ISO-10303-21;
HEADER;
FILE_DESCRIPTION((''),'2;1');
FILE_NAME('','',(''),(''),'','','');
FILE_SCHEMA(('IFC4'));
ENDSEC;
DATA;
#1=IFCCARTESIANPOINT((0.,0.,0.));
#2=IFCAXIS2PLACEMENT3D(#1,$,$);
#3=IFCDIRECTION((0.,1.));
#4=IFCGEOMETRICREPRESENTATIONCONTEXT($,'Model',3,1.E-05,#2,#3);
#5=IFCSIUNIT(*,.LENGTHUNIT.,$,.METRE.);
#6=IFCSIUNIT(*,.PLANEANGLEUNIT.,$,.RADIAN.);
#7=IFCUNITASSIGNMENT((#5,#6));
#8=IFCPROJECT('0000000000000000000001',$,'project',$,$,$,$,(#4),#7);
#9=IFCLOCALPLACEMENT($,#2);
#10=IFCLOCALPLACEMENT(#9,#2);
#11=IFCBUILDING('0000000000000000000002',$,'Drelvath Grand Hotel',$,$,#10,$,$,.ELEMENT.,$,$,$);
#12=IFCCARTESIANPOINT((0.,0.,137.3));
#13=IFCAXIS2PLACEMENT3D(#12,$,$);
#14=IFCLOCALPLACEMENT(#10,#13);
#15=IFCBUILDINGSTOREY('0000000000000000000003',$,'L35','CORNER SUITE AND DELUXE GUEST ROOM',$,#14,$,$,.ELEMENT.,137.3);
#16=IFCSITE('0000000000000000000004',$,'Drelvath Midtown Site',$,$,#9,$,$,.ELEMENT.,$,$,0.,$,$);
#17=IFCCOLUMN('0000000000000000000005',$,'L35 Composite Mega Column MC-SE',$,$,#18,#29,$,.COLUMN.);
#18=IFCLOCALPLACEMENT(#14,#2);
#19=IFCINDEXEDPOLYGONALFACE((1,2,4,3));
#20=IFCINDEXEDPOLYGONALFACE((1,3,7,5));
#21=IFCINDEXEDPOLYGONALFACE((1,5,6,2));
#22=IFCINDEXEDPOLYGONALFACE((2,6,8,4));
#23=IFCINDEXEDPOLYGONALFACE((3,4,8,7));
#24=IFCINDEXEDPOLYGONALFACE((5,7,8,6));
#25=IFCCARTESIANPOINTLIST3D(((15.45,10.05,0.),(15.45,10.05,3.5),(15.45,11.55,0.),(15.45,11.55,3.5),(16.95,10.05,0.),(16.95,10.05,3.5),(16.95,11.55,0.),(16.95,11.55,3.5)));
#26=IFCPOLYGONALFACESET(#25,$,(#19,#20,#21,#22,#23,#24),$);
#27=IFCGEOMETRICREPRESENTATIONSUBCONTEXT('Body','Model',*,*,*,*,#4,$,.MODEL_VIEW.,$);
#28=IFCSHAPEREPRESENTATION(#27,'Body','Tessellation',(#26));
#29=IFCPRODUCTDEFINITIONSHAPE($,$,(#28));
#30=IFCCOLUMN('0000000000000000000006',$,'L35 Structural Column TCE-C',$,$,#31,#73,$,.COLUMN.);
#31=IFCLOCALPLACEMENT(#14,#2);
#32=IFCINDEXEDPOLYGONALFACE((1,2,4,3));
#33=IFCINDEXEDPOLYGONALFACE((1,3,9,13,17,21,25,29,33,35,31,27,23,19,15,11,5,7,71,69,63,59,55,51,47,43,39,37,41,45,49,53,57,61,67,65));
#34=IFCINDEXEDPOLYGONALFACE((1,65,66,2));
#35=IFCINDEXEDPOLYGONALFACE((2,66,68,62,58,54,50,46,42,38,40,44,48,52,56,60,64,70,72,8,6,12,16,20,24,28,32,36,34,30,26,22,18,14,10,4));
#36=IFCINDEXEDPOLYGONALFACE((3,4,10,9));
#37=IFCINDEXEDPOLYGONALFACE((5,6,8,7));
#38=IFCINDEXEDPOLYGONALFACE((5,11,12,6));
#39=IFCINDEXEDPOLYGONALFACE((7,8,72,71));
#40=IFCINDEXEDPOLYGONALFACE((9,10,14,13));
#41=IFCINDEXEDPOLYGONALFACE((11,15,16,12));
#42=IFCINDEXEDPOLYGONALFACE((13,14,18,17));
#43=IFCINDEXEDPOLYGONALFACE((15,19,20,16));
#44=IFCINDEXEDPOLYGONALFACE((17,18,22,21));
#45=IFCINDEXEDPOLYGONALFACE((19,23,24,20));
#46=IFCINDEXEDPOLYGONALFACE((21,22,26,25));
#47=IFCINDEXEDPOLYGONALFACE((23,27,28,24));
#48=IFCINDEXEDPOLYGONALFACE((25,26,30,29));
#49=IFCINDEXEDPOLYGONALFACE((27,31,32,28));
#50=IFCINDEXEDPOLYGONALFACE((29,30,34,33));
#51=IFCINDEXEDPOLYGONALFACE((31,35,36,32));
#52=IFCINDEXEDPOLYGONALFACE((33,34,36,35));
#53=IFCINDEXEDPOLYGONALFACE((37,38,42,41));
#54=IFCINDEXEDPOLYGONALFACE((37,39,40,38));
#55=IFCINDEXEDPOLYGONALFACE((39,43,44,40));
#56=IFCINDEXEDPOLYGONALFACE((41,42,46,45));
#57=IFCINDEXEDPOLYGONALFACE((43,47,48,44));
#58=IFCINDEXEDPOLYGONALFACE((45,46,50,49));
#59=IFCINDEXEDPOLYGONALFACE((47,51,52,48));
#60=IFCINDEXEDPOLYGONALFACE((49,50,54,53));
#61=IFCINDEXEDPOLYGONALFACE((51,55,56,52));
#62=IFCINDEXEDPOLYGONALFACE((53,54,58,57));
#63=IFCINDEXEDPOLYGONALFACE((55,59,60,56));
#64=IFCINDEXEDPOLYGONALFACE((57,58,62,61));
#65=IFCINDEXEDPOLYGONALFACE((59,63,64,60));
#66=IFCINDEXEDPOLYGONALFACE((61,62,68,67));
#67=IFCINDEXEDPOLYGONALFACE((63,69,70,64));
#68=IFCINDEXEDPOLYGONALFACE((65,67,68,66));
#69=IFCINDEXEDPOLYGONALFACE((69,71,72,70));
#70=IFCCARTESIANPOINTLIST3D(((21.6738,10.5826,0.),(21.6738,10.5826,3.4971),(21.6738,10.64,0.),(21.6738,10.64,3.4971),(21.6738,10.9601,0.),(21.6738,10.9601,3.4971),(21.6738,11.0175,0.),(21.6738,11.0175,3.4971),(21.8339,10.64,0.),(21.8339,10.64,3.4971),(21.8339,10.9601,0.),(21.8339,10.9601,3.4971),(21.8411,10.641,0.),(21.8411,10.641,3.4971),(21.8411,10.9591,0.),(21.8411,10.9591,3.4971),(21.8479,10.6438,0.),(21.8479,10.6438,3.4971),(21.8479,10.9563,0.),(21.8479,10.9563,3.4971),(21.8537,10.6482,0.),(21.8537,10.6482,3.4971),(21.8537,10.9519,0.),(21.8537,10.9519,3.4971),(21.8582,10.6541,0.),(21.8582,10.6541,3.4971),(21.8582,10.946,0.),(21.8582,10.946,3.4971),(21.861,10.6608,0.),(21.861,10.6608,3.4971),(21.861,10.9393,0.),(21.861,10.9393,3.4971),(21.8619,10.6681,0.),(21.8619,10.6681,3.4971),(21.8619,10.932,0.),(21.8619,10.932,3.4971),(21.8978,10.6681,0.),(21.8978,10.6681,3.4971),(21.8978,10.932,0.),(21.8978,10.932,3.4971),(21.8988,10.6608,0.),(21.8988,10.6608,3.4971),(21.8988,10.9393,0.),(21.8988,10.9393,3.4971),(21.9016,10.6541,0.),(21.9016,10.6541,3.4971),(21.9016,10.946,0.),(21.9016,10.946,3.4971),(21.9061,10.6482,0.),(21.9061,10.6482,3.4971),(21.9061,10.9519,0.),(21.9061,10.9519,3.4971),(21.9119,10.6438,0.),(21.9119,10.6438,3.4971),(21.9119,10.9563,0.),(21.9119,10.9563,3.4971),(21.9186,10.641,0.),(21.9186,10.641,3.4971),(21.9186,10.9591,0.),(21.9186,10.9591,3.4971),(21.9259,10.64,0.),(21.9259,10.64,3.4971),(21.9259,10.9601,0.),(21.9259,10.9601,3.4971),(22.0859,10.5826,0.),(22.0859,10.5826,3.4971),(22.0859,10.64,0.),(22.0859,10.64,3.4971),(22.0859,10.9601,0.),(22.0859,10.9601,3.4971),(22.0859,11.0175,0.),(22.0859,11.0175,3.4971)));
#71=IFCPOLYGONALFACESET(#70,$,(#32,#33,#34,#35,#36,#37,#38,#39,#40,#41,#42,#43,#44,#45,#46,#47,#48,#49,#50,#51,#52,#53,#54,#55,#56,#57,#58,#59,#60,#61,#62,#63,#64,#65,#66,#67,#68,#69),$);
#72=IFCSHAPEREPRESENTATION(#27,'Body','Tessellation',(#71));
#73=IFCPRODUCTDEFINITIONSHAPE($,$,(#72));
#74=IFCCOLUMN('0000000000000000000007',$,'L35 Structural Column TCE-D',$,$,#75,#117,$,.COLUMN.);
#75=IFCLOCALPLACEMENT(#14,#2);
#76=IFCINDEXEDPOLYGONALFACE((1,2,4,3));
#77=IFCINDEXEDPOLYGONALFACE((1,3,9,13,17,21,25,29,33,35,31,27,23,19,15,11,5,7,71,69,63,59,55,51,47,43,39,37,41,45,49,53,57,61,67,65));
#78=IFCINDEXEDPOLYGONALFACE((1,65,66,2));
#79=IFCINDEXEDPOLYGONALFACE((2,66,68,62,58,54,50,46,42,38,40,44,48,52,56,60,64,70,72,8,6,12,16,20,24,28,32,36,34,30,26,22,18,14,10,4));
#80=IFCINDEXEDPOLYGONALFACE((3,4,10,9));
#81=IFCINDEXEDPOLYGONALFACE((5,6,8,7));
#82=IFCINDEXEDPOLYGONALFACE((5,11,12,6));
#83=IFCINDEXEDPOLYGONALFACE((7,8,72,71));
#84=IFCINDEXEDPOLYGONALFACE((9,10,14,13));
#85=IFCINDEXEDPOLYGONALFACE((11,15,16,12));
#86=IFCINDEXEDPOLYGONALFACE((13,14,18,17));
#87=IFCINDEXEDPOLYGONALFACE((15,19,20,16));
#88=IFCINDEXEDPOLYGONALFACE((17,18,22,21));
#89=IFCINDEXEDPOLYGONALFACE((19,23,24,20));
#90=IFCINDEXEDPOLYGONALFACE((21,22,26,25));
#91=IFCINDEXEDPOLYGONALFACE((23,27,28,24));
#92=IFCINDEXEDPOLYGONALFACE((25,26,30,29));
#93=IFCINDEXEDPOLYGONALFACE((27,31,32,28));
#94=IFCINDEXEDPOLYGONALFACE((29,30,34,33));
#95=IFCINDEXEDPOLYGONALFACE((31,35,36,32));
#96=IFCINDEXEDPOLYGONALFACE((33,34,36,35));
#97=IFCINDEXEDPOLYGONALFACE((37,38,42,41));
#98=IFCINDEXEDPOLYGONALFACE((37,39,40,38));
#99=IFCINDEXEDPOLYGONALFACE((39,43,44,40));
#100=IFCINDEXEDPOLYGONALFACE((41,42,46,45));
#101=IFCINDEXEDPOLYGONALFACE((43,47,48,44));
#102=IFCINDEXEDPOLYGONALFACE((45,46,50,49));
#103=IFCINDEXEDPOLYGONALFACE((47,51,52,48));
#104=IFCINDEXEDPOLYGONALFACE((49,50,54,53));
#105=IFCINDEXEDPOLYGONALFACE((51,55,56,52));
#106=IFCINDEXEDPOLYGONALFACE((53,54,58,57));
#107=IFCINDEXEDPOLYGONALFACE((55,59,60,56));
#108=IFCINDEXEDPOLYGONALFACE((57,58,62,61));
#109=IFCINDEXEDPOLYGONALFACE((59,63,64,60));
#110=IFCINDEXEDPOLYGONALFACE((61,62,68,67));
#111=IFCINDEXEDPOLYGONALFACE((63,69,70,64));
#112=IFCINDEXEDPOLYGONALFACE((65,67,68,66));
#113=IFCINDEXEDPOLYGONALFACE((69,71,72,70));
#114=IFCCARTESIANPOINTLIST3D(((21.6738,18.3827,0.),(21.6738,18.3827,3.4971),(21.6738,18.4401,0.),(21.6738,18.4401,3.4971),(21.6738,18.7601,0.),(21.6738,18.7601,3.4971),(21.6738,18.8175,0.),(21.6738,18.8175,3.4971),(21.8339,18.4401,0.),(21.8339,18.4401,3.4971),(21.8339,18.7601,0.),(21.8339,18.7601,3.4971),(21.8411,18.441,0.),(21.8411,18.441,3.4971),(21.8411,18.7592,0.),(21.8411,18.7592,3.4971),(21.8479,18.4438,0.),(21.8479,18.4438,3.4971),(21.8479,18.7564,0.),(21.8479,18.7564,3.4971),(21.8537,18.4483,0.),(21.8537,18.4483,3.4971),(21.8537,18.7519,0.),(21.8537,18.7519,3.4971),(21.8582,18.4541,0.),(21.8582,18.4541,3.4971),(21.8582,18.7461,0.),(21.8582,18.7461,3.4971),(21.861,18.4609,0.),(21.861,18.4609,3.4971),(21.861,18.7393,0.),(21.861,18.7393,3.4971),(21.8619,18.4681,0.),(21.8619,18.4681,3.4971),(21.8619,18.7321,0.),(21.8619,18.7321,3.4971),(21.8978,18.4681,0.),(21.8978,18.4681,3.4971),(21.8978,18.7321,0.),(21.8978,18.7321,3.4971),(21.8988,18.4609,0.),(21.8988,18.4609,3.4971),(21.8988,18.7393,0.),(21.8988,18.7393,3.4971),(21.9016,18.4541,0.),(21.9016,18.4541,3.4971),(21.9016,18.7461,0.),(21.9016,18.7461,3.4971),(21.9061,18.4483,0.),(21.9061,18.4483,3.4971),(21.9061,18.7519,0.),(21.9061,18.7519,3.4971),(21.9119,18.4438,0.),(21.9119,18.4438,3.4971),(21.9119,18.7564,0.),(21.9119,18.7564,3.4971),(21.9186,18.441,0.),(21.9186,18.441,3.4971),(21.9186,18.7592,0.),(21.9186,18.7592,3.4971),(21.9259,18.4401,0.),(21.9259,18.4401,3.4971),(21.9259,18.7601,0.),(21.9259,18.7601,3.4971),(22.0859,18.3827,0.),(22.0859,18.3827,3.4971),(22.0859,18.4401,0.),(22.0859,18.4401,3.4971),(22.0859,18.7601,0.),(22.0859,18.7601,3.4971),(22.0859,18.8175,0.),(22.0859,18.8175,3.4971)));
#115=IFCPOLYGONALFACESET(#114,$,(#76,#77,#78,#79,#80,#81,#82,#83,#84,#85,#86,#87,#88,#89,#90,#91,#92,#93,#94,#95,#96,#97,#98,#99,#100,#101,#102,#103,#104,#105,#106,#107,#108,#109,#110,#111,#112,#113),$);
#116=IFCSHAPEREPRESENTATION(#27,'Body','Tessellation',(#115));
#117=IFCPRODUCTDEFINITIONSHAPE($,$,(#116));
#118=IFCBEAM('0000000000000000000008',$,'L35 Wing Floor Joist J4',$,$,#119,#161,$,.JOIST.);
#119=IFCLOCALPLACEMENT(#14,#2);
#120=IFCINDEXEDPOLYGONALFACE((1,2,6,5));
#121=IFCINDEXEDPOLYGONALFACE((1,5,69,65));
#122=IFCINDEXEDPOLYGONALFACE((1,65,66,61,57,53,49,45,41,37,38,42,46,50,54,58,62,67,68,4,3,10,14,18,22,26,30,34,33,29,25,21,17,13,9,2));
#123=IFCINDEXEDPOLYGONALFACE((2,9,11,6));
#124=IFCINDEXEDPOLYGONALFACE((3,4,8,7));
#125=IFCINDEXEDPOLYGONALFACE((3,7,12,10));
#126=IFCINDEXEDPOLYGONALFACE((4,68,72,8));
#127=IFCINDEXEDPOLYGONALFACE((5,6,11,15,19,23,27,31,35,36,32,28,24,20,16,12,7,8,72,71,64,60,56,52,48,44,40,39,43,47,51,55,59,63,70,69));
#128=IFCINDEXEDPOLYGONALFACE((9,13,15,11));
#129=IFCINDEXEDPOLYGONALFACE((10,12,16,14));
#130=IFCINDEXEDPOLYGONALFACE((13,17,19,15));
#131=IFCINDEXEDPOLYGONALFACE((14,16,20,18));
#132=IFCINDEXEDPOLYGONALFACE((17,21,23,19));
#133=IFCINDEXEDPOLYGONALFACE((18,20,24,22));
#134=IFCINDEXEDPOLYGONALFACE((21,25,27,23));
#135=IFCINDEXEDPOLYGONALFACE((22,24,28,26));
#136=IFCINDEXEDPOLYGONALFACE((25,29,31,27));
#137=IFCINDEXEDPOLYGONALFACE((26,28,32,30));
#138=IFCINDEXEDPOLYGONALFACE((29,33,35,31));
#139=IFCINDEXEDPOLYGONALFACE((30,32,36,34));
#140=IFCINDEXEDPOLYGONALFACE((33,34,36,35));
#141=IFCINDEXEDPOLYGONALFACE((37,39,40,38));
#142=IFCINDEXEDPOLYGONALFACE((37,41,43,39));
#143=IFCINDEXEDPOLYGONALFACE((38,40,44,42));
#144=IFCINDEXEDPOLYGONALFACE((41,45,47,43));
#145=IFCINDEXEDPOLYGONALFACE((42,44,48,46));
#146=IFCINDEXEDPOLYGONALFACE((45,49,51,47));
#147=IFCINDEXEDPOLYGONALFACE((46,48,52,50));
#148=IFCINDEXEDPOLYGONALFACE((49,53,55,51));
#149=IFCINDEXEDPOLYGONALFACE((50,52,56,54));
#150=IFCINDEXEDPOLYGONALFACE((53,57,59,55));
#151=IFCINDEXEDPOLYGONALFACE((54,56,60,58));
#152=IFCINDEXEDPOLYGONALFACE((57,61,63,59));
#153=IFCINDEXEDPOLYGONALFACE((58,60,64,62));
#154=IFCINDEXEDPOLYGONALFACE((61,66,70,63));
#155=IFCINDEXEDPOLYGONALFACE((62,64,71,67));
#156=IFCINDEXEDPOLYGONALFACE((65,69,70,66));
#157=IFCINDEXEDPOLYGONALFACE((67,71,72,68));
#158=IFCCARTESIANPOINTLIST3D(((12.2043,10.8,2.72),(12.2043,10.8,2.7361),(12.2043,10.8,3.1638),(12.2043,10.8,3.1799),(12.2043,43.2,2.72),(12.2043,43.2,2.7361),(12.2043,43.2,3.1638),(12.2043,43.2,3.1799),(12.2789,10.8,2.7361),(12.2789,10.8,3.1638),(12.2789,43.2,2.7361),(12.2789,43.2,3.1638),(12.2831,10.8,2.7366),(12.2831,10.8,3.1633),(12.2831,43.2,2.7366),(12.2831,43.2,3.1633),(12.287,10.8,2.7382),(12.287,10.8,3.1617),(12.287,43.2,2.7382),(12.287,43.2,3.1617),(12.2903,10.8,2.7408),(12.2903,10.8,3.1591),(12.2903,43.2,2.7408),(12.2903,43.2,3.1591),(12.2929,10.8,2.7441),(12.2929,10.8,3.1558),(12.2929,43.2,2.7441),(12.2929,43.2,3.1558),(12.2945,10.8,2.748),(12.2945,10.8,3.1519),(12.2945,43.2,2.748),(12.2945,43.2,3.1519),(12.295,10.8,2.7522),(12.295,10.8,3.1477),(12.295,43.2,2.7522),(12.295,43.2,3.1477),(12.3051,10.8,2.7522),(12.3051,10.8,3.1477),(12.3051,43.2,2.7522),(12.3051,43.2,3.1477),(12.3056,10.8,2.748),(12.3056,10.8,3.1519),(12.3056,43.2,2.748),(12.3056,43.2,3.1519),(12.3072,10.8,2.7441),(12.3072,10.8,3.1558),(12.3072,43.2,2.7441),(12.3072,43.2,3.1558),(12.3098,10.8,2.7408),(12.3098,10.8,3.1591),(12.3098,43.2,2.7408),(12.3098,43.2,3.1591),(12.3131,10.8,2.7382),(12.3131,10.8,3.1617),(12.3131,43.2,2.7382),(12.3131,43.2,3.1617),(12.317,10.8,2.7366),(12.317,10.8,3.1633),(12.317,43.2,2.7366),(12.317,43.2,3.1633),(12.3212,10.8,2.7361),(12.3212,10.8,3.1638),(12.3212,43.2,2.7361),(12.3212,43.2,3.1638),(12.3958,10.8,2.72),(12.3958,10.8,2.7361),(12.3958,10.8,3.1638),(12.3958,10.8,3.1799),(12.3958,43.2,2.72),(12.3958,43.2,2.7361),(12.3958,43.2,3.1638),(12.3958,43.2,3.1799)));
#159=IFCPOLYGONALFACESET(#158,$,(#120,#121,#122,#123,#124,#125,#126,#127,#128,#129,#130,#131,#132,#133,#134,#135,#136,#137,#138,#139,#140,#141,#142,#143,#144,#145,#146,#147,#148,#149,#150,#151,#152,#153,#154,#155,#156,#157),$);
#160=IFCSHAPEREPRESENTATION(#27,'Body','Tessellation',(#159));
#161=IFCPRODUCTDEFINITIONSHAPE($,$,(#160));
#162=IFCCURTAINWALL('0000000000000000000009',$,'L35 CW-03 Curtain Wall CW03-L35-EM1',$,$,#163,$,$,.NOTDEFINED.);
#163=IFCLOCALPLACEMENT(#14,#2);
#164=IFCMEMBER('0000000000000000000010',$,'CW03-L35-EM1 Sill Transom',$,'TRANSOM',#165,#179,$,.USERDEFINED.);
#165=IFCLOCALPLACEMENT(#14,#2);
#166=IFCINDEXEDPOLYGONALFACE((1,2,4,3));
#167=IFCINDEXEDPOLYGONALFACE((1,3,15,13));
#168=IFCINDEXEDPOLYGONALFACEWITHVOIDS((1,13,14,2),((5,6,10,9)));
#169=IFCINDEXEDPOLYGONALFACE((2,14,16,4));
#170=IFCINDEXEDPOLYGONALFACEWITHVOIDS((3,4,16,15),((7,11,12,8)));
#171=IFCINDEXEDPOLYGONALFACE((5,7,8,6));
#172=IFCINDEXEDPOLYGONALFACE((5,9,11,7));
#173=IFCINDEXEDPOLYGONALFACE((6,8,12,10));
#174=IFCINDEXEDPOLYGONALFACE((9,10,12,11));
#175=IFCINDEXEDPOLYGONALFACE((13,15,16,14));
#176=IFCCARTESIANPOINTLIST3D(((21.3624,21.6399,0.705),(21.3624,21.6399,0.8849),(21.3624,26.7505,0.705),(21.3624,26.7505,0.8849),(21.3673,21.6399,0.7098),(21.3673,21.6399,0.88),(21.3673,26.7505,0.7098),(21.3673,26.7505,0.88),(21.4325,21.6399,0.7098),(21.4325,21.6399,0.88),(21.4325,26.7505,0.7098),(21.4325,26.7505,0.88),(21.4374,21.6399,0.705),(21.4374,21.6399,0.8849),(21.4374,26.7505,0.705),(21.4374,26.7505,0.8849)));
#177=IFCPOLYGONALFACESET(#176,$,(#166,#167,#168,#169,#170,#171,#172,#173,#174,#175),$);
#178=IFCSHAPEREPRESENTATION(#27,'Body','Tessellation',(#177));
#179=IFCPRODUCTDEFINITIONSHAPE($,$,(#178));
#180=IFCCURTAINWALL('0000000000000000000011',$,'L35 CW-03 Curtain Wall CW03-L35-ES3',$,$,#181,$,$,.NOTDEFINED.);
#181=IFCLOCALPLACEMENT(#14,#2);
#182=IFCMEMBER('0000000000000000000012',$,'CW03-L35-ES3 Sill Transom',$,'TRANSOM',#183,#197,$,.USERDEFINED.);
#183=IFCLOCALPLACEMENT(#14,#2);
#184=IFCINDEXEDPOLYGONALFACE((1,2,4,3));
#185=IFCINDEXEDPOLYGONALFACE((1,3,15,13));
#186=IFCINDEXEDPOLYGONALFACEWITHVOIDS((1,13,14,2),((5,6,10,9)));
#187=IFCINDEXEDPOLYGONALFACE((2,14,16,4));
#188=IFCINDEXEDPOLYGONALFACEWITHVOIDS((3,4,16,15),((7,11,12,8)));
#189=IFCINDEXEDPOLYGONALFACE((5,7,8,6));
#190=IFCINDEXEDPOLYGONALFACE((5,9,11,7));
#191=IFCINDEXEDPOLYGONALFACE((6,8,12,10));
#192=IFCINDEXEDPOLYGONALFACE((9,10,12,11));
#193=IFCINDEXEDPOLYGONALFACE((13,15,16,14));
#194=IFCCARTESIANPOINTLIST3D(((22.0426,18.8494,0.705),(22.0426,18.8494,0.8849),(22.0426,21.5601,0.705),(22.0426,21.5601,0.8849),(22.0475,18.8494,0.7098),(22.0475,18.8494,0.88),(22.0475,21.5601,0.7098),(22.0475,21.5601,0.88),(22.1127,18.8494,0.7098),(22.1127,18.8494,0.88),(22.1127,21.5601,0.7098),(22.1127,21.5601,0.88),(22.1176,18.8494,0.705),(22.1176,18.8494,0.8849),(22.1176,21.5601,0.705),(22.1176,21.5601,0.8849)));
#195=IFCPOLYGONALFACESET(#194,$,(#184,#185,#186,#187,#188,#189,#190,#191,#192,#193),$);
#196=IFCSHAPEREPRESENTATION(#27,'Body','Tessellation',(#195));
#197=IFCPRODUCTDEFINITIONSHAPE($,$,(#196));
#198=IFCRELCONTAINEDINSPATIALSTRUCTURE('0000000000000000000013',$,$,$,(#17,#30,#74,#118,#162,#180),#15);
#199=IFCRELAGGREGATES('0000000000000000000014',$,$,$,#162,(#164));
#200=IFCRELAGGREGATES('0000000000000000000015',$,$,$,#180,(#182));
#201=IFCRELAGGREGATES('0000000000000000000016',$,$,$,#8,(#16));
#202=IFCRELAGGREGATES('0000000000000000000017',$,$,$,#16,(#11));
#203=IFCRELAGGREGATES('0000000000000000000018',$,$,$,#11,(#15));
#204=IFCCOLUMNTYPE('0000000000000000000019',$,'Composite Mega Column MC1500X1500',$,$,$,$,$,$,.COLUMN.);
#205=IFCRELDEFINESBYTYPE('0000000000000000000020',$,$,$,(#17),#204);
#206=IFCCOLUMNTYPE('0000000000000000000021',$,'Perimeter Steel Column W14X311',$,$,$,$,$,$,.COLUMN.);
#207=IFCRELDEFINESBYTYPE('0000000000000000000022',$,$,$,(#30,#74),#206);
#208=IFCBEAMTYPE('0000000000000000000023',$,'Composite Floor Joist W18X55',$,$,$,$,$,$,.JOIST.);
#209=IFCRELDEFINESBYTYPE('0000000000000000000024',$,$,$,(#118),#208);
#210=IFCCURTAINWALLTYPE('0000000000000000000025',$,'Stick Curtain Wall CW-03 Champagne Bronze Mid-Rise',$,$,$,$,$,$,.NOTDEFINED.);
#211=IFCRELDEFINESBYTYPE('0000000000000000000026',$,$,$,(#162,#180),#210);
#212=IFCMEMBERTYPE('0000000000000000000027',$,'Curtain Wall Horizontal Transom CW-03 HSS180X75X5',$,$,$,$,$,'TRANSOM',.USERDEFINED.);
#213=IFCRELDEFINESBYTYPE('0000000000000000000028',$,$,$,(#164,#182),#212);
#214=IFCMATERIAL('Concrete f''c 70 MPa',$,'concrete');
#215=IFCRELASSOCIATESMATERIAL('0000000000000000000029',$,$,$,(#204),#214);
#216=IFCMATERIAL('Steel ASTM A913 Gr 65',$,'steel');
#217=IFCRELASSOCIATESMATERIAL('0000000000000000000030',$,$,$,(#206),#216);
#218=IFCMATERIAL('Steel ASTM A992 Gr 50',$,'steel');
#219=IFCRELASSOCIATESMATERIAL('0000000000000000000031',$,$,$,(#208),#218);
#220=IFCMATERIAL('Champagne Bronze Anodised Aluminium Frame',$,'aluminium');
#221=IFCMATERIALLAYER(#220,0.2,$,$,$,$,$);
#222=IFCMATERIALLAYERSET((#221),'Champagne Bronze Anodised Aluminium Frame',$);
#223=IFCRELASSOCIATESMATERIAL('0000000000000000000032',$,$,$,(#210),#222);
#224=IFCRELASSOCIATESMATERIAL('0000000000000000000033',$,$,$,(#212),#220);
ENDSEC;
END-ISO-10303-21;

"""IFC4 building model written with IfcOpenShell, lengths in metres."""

from ifc_helpers import new_model, si_unit, direction, frame, origin, origin_2d, place, context, subcontext, project, spatial, rectangle, hollow_rectangle, i_section, extrude, material, layer, layer_set, material_profile, profile_set, type_object, element, aggregate, save


model = new_model("IFC4")

# Units and contexts
model_context = context("Model", 3, precision=1e-05, world=origin(), true_north=direction((0.0, 1.0)))
body_context = subcontext(model_context, "Body", "Model", "MODEL_VIEW")
ifc_project = project(units=[si_unit("LENGTHUNIT", "METRE"), si_unit("PLANEANGLEUNIT", "RADIAN")], contexts=[model_context])

# Site, building, storey
site_placement = place(None, origin())
site = spatial("IfcSite", under=ifc_project, at=site_placement, Name="Drelvath Midtown Site", CompositionType="ELEMENT", RefElevation=0.0)
building_placement = place(site_placement, origin())
building = spatial("IfcBuilding", under=site, at=building_placement, Name="Drelvath Grand Hotel", CompositionType="ELEMENT")
storey_placement = place(building_placement, frame((0.0, 0.0, 137.3)))
storey = spatial("IfcBuildingStorey", under=building, at=storey_placement, Name="L35", Description="CORNER SUITE AND DELUXE GUEST ROOM", CompositionType="ELEMENT", Elevation=137.3)

# Columns
ifc_material_1 = material(Name="Concrete f'c 70 MPa", Category="concrete")
ifc_material_profile_1 = material_profile(ifc_material_1, rectangle(XDim=1.5, YDim=1.5, at=origin_2d()), Name="MC1500X1500")
ifc_profile_set_1 = profile_set([ifc_material_profile_1], Name="Concrete f'c 70 MPa")
column_type_1 = type_object("IfcColumnType", Name="Composite Mega Column MC1500X1500", PredefinedType="COLUMN", material=ifc_profile_set_1)
column_placement = place(storey_placement, frame((16.2, 10.8, 0.0), z_axis=(0.0, 0.0, 1.0), x_axis=(1.0, 0.0, 0.0)))
element("IfcColumn", 1, at=column_placement, inside=storey, type_object=column_type_1, Name="L35 Composite Mega Column MC-SE", PredefinedType="COLUMN", context=body_context, shape_type="SweptSolid", body=[
    extrude(rectangle(XDim=1.5, YDim=1.5, at=origin_2d()), origin(), (0.0, 0.0, 1.0), 3.5),
])
ifc_material_2 = material(Name="Steel ASTM A913 Gr 65", Category="steel")
ifc_material_profile_2 = material_profile(ifc_material_2, i_section(OverallWidth=0.4121, OverallDepth=0.4348, WebThickness=0.0359, FlangeThickness=0.0574, FilletRadius=0.0281, at=origin_2d()), Name="W14X311")
ifc_profile_set_2 = profile_set([ifc_material_profile_2], Name="Steel ASTM A913 Gr 65")
column_type_2 = type_object("IfcColumnType", Name="Perimeter Steel Column W14X311", PredefinedType="COLUMN", material=ifc_profile_set_2)
for number, where, z_axis, x_axis, name in (
    (2, (21.8799, 10.8, 0.0), (0.0, 0.0, 1.0), (1.0, 0.0, 0.0), "L35 Structural Column TCE-C"),
    (3, (21.8799, 18.6001, 0.0), (0.0, 0.0, 1.0), (1.0, 0.0, 0.0), "L35 Structural Column TCE-D"),
):
    element("IfcColumn", number, at=place(storey_placement, frame(where, z_axis=z_axis, x_axis=x_axis)), inside=storey, type_object=column_type_2, Name=name, PredefinedType="COLUMN", context=body_context, shape_type="SweptSolid", body=[
        extrude(i_section(OverallWidth=0.4121, OverallDepth=0.4348, WebThickness=0.0359, FlangeThickness=0.0574, FilletRadius=0.0281, at=origin_2d()), origin(), (0.0, 0.0, 1.0), 3.4971),
    ])

# Beam
ifc_material_3 = material(Name="Steel ASTM A992 Gr 50", Category="steel")
ifc_material_profile_3 = material_profile(ifc_material_3, i_section(OverallWidth=0.1914, OverallDepth=0.46, WebThickness=0.01, FlangeThickness=0.0161, FilletRadius=0.0161, at=origin_2d()), Name="W18X55")
ifc_profile_set_3 = profile_set([ifc_material_profile_3], Name="Steel ASTM A992 Gr 50")
beam_type_1 = type_object("IfcBeamType", Name="Composite Floor Joist W18X55", PredefinedType="JOIST", material=ifc_profile_set_3)
beam_1_placement = place(storey_placement, frame((12.3, 10.8, 2.95), z_axis=(0.0, 1.0, 0.0), x_axis=(-1.0, 0.0, 0.0)))
element("IfcBeam", 4, at=beam_1_placement, inside=storey, type_object=beam_type_1, Name="L35 Wing Floor Joist J4", PredefinedType="JOIST", context=body_context, shape_type="SweptSolid", body=[
    extrude(i_section(OverallWidth=0.1914, OverallDepth=0.46, WebThickness=0.01, FlangeThickness=0.0161, FilletRadius=0.0161, at=origin_2d()), origin(), (0.0, 0.0, 1.0), 32.3999),
])

# Curtain walls, members
ifc_material_4 = material(Name="Champagne Bronze Anodised Aluminium Frame", Category="aluminium")
ifc_layer_1 = layer(ifc_material_4, 0.2)
ifc_layer_set_1 = layer_set([ifc_layer_1], Name="Champagne Bronze Anodised Aluminium Frame")
curtain_wall_type = type_object("IfcCurtainWallType", Name="Stick Curtain Wall CW-03 Champagne Bronze Mid-Rise", PredefinedType="NOTDEFINED", material=ifc_layer_set_1)
curtain_wall_1_placement = place(storey_placement, origin())
curtain_wall_1 = element("IfcCurtainWall", 5, at=curtain_wall_1_placement, inside=storey, type_object=curtain_wall_type, Name="L35 CW-03 Curtain Wall CW03-L35-EM1", PredefinedType="NOTDEFINED")
ifc_material_profile_4 = material_profile(ifc_material_4, hollow_rectangle(XDim=0.075, YDim=0.1799, WallThickness=0.0049, at=origin_2d()), Name="HSS180X75X5")
ifc_profile_set_4 = profile_set([ifc_material_profile_4], Name="Champagne Bronze Anodised Aluminium Frame")
member_type_1 = type_object("IfcMemberType", Name="Curtain Wall Horizontal Transom CW-03 HSS180X75X5", ElementType="TRANSOM", PredefinedType="USERDEFINED", material=ifc_profile_set_4)
member_1_placement = place(storey_placement, frame((21.3999, 26.7505, 0.7949), z_axis=(0.0, -1.0, 0.0), x_axis=(1.0, 0.0, 0.0)))
member_1 = element("IfcMember", 6, at=member_1_placement, type_object=member_type_1, Name="CW03-L35-EM1 Sill Transom", ObjectType="TRANSOM", PredefinedType="USERDEFINED", context=body_context, shape_type="SweptSolid", body=[
    extrude(hollow_rectangle(XDim=0.075, YDim=0.1799, WallThickness=0.0049, at=origin_2d()), origin(), (0.0, 0.0, 1.0), 5.1106),
])
curtain_wall_2_placement = place(storey_placement, origin())
curtain_wall_2 = element("IfcCurtainWall", 7, at=curtain_wall_2_placement, inside=storey, type_object=curtain_wall_type, Name="L35 CW-03 Curtain Wall CW03-L35-ES3", PredefinedType="NOTDEFINED")
member_2_placement = place(storey_placement, frame((22.0801, 21.5601, 0.7949), z_axis=(0.0, -1.0, 0.0), x_axis=(1.0, 0.0, 0.0)))
member_2 = element("IfcMember", 8, at=member_2_placement, type_object=member_type_1, Name="CW03-L35-ES3 Sill Transom", ObjectType="TRANSOM", PredefinedType="USERDEFINED", context=body_context, shape_type="SweptSolid", body=[
    extrude(hollow_rectangle(XDim=0.075, YDim=0.1799, WallThickness=0.0049, at=origin_2d()), origin(), (0.0, 0.0, 1.0), 2.7107),
])

aggregate(curtain_wall_1, [member_1])
aggregate(curtain_wall_2, [member_2])

save(model, "model.ifc")
